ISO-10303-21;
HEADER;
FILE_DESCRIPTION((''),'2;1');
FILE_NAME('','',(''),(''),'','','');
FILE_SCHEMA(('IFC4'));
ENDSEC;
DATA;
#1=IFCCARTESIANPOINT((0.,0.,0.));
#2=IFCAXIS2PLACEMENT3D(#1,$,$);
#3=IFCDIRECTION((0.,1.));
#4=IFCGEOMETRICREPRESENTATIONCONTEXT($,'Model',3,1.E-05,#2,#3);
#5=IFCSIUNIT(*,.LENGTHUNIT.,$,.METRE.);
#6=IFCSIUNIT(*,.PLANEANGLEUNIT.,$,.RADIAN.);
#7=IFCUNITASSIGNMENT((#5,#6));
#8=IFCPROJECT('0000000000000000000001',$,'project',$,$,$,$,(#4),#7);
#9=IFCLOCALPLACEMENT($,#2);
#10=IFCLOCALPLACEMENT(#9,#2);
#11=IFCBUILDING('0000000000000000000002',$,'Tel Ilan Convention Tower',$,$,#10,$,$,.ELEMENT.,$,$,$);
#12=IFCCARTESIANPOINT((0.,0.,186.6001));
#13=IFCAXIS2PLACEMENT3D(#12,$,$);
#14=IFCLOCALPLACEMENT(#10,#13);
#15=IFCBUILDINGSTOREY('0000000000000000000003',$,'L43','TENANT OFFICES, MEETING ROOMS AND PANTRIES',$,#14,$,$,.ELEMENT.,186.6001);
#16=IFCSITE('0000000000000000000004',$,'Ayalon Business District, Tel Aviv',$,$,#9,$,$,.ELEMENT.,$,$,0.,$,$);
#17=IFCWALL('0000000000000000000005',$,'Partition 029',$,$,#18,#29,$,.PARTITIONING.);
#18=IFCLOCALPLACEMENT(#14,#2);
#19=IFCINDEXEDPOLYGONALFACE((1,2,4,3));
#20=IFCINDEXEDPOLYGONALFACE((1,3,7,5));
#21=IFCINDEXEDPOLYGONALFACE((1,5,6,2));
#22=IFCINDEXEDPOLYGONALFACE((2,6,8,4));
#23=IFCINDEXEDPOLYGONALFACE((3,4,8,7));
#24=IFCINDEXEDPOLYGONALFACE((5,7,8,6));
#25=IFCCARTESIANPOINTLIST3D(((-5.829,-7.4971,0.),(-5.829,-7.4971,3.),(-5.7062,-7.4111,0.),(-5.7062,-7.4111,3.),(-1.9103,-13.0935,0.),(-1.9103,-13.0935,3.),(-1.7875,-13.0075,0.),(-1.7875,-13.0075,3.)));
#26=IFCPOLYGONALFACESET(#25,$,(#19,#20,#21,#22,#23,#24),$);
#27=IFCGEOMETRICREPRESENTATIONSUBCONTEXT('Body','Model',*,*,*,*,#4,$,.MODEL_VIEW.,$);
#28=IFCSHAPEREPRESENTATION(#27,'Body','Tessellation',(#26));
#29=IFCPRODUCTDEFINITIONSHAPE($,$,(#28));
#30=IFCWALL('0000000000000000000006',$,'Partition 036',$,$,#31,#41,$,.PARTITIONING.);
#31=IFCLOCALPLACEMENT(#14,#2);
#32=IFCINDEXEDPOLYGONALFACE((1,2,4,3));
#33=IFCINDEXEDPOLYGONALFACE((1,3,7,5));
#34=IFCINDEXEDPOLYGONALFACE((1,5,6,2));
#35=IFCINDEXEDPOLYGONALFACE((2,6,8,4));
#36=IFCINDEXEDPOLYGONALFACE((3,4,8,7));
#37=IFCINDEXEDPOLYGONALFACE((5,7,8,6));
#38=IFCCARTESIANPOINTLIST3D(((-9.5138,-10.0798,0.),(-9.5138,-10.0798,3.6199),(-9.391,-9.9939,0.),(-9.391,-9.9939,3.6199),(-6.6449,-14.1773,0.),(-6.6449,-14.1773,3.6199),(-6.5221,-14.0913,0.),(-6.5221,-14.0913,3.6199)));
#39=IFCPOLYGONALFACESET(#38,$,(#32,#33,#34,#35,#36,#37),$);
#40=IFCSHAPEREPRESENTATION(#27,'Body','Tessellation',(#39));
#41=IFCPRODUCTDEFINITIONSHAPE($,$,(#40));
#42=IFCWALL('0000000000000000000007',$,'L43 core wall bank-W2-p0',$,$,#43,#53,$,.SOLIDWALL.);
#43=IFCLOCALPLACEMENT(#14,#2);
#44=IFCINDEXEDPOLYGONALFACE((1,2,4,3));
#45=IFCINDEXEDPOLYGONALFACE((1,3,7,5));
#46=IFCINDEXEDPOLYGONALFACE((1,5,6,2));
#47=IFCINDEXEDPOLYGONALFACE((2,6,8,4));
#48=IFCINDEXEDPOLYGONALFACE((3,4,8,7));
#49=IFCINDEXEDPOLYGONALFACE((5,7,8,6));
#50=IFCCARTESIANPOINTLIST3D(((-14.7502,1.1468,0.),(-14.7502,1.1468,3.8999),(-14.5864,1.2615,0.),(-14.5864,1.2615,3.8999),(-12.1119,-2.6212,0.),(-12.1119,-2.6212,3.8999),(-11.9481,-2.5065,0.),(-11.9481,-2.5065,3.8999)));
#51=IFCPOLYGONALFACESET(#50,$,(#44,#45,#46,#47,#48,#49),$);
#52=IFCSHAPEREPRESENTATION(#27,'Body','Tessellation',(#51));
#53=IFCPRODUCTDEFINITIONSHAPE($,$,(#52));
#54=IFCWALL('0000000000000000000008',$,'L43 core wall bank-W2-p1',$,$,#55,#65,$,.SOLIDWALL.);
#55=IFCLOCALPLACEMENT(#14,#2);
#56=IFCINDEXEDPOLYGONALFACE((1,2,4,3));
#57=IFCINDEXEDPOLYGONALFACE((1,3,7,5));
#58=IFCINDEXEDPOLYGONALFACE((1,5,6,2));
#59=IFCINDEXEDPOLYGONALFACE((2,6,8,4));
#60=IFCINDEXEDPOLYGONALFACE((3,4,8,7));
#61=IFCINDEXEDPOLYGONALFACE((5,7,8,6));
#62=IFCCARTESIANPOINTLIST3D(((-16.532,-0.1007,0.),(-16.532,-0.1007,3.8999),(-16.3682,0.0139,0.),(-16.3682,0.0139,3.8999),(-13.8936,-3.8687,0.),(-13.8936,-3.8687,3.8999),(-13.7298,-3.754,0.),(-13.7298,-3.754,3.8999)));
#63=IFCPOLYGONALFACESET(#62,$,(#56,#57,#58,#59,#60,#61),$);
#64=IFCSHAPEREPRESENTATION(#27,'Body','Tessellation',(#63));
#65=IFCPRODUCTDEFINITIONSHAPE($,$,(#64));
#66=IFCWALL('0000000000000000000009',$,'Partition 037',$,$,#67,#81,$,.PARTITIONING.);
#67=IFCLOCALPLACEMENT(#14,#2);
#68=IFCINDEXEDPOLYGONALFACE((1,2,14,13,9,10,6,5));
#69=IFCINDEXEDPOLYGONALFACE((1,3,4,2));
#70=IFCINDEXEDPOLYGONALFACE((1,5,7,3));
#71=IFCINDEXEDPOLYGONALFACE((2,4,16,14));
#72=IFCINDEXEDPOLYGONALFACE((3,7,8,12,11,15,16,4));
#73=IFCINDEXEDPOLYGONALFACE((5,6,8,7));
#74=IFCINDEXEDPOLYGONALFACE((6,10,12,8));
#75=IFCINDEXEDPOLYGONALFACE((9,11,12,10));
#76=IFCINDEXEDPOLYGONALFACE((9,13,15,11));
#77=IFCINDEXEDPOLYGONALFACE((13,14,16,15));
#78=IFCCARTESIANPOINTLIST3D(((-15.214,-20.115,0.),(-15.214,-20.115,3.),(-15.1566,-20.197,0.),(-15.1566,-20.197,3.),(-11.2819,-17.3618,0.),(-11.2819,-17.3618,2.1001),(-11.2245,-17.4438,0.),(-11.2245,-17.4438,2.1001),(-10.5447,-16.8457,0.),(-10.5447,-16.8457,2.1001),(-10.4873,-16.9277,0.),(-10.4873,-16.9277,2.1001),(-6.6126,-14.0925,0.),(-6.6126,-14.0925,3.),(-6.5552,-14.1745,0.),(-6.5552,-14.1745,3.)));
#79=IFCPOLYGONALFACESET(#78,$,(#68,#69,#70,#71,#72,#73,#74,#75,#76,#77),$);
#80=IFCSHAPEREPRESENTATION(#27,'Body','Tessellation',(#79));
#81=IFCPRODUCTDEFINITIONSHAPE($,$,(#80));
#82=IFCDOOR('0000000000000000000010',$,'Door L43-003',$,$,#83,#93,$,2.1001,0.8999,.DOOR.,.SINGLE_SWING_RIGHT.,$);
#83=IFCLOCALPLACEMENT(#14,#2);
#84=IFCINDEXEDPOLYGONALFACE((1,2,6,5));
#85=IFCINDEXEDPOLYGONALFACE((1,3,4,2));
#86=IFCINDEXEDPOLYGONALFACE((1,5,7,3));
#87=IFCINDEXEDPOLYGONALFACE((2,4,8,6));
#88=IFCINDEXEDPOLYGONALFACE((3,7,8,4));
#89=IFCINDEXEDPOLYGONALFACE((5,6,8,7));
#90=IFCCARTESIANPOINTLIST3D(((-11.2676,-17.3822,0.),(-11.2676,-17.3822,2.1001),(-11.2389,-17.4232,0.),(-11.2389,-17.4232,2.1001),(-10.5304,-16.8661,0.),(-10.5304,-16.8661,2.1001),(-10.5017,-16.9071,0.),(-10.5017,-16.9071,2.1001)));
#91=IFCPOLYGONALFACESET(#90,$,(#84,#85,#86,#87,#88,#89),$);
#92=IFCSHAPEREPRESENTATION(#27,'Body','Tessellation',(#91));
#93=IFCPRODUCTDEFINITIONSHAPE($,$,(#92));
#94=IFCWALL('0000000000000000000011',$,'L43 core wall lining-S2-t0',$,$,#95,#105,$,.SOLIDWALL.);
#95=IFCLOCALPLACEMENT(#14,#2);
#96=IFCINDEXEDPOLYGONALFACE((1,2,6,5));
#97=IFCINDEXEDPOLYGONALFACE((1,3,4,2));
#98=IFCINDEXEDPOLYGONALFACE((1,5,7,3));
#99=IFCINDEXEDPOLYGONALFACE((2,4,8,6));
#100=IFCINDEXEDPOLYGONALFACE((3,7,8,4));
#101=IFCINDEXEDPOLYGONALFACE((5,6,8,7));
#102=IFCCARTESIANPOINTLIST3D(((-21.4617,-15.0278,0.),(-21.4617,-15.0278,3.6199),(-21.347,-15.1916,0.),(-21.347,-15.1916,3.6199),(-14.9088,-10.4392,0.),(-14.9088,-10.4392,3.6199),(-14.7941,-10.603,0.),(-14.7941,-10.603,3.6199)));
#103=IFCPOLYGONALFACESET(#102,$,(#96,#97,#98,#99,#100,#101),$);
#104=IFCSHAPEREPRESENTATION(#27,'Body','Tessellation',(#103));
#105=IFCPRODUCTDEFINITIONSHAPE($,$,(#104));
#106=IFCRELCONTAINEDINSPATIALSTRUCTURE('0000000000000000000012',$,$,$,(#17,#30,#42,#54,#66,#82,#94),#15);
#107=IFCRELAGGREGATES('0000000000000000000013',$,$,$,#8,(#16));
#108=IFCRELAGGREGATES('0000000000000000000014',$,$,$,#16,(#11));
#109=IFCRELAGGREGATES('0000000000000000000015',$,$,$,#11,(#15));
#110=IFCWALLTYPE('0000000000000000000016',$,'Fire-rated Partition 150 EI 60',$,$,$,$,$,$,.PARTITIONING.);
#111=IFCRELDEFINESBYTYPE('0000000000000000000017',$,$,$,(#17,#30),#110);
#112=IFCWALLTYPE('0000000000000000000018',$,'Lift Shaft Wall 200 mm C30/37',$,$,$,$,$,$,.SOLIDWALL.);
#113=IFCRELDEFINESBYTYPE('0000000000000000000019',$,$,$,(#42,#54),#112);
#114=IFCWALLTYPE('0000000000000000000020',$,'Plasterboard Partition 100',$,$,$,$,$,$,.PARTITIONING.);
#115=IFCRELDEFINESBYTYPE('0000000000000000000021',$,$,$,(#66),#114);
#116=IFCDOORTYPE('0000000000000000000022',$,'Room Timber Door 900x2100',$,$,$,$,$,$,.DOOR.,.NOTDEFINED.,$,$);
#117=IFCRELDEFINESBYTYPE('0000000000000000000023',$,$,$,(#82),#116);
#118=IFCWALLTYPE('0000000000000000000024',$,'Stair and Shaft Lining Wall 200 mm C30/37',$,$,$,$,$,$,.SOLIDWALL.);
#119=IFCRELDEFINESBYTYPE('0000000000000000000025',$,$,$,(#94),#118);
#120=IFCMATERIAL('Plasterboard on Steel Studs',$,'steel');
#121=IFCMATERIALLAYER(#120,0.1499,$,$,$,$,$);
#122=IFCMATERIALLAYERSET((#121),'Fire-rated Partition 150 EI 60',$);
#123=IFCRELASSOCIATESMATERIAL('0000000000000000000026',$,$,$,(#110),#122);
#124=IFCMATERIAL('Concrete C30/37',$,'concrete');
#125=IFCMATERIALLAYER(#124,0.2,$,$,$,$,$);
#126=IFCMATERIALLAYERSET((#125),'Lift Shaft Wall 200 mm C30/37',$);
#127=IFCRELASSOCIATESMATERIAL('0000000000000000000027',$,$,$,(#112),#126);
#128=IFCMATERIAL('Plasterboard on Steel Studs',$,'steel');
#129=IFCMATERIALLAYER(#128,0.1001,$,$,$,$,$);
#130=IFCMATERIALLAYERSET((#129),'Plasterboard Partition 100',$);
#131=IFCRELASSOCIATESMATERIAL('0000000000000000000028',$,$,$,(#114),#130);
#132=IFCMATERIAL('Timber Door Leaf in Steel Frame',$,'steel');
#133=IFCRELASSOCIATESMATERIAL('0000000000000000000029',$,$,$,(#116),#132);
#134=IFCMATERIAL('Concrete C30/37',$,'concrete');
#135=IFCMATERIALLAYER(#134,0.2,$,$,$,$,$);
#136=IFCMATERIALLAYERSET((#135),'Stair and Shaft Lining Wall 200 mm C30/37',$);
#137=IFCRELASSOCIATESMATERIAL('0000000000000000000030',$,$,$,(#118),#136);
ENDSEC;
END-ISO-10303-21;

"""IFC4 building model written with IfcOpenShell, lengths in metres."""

from ifc_helpers import new_model, si_unit, direction, frame, frame_2d, origin, place, context, subcontext, project, spatial, rectangle, extrude, material, layer, layer_set, type_object, element, fill, save


model = new_model("IFC4")

# Units and contexts
model_context = context("Model", 3, precision=1e-05, world=origin(), true_north=direction((0.0, 1.0)))
body_context = subcontext(model_context, "Body", "Model", "MODEL_VIEW")
ifc_project = project(units=[si_unit("LENGTHUNIT", "METRE"), si_unit("PLANEANGLEUNIT", "RADIAN")], contexts=[model_context])

# Site, building, storey
site_placement = place(None, origin())
site = spatial("IfcSite", under=ifc_project, at=site_placement, Name="Ayalon Business District, Tel Aviv", CompositionType="ELEMENT", RefElevation=0.0)
building_placement = place(site_placement, origin())
building = spatial("IfcBuilding", under=site, at=building_placement, Name="Tel Ilan Convention Tower", CompositionType="ELEMENT")
storey_placement = place(building_placement, frame((0.0, 0.0, 186.6001)))
storey = spatial("IfcBuildingStorey", under=building, at=storey_placement, Name="L43", Description="TENANT OFFICES, MEETING ROOMS AND PANTRIES", CompositionType="ELEMENT", Elevation=186.6001)

# Shared definitions
ifc_material_1 = material(Name="Plasterboard on Steel Studs", Category="steel")
ifc_layer_1 = layer(ifc_material_1, 0.1499)
ifc_layer_set_1 = layer_set([ifc_layer_1], Name="Fire-rated Partition 150 EI 60")
wall_type_1 = type_object("IfcWallType", Name="Fire-rated Partition 150 EI 60", PredefinedType="PARTITIONING", material=ifc_layer_set_1)

# Walls
wall_1_placement = place(storey_placement, frame((-1.8489, -13.0505, 0.0), z_axis=(0.0, 0.0, 1.0), x_axis=(-0.57358, 0.81915, 0.0)))
element("IfcWall", 1, at=wall_1_placement, inside=storey, type_object=wall_type_1, Name="Partition 029", PredefinedType="PARTITIONING", context=body_context, shape_type="SweptSolid", body=[
    extrude(rectangle(XDim=6.832, YDim=0.1499, at=frame_2d((3.416, 0.0))), origin(), (0.0, 0.0, 1.0), 3.0),
])
wall_2_placement = place(storey_placement, frame((-6.5835, -14.1343, 0.0), z_axis=(0.0, 0.0, 1.0), x_axis=(-0.573557, 0.819165, 0.0)))
element("IfcWall", 2, at=wall_2_placement, inside=storey, type_object=wall_type_1, Name="Partition 036", PredefinedType="PARTITIONING", context=body_context, shape_type="SweptSolid", body=[
    extrude(rectangle(XDim=5.002, YDim=0.1499, at=frame_2d((2.501, 0.0))), origin(), (0.0, 0.0, 1.0), 3.6199),
])
ifc_material_2 = material(Name="Concrete C30/37", Category="concrete")
ifc_layer_2 = layer(ifc_material_2, 0.2)
ifc_layer_set_2 = layer_set([ifc_layer_2], Name="Lift Shaft Wall 200 mm C30/37")
wall_type_2 = type_object("IfcWallType", Name="Lift Shaft Wall 200 mm C30/37", PredefinedType="SOLIDWALL", material=ifc_layer_set_2)
for number, where, z_axis, x_axis, name in (
    (3, (-12.03, -2.5637, 0.0), (0.0, 0.0, 1.0), (-0.573576, 0.819152, 0.0), "L43 core wall bank-W2-p0"),
    (4, (-13.8118, -3.8113, 0.0), (0.0, 0.0, 1.0), (-0.573576, 0.819152, 0.0), "L43 core wall bank-W2-p1"),
):
    element("IfcWall", number, at=place(storey_placement, frame(where, z_axis=z_axis, x_axis=x_axis)), inside=storey, type_object=wall_type_2, Name=name, PredefinedType="SOLIDWALL", context=body_context, shape_type="SweptSolid", body=[
        extrude(rectangle(XDim=4.5999, YDim=0.2, at=frame_2d((2.2998, 0.0))), origin(), (0.0, 0.0, 1.0), 3.8999),
    ])

# Wall, opening, door
ifc_material_3 = material(Name="Plasterboard on Steel Studs", Category="steel")
ifc_layer_3 = layer(ifc_material_3, 0.1001)
ifc_layer_set_3 = layer_set([ifc_layer_3], Name="Plasterboard Partition 100")
wall_type_3 = type_object("IfcWallType", Name="Plasterboard Partition 100", PredefinedType="PARTITIONING", material=ifc_layer_set_3)
wall_3_placement = place(storey_placement, frame((-6.584, -14.1335, 0.0), z_axis=(0.0, 0.0, 1.0), x_axis=(-0.819163, -0.573561, 0.0)))
wall_3 = element("IfcWall", 5, at=wall_3_placement, inside=storey, type_object=wall_type_3, Name="Partition 037", PredefinedType="PARTITIONING", context=body_context, shape_type="SweptSolid", body=[
    extrude(rectangle(XDim=10.5002, YDim=0.1001, at=frame_2d((5.25, 0.0))), origin(), (0.0, 0.0, 1.0), 3.0),
])
opening_1_placement = place(wall_3_placement, frame((4.8, 0.0, 0.0)))
opening_1 = element("IfcOpeningElement", 6, at=opening_1_placement, cuts=wall_3, PredefinedType="OPENING", context=body_context, shape_type="SweptSolid", body=[
    extrude(rectangle(XDim=0.8999, YDim=2.1001, at=frame_2d((0.45, 1.05))), frame((0.0, 0.0601, 0.0), z_axis=(0.0, -1.0, 0.0), x_axis=(1.0, 0.0, 0.0)), (0.0, 0.0, 1.0), 0.1201),
])
ifc_material_4 = material(Name="Timber Door Leaf in Steel Frame", Category="steel")
door_type_1 = type_object("IfcDoorType", Name="Room Timber Door 900x2100", OperationType="NOTDEFINED", PredefinedType="DOOR", material=ifc_material_4)
door_1_placement = place(opening_1_placement, origin())
door_1 = element("IfcDoor", 7, at=door_1_placement, inside=storey, type_object=door_type_1, Name="Door L43-003", OperationType="SINGLE_SWING_RIGHT", OverallHeight=2.1001, OverallWidth=0.8999, PredefinedType="DOOR", context=body_context, shape_type="SweptSolid", body=[
    extrude(rectangle(XDim=0.8999, YDim=2.1001, at=frame_2d((0.45, 1.05))), frame((0.0, 0.0249, 0.0), z_axis=(0.0, -1.0, 0.0), x_axis=(1.0, 0.0, 0.0)), (0.0, 0.0, 1.0), 0.05),
])
fill(opening_1, door_1)

# Wall
ifc_material_5 = material(Name="Concrete C30/37", Category="concrete")
ifc_layer_4 = layer(ifc_material_5, 0.2)
ifc_layer_set_4 = layer_set([ifc_layer_4], Name="Stair and Shaft Lining Wall 200 mm C30/37")
wall_type_4 = type_object("IfcWallType", Name="Stair and Shaft Lining Wall 200 mm C30/37", PredefinedType="SOLIDWALL", material=ifc_layer_set_4)
wall_4_placement = place(storey_placement, frame((-14.8513, -10.521, 0.0), z_axis=(0.0, 0.0, 1.0), x_axis=(-0.819142, -0.573591, 0.0)))
element("IfcWall", 8, at=wall_4_placement, inside=storey, type_object=wall_type_4, Name="L43 core wall lining-S2-t0", PredefinedType="SOLIDWALL", context=body_context, shape_type="SweptSolid", body=[
    extrude(rectangle(XDim=7.9998, YDim=0.2, at=frame_2d((4.0, 0.0))), origin(), (0.0, 0.0, 1.0), 3.6199),
])

save(model, "model.ifc")
